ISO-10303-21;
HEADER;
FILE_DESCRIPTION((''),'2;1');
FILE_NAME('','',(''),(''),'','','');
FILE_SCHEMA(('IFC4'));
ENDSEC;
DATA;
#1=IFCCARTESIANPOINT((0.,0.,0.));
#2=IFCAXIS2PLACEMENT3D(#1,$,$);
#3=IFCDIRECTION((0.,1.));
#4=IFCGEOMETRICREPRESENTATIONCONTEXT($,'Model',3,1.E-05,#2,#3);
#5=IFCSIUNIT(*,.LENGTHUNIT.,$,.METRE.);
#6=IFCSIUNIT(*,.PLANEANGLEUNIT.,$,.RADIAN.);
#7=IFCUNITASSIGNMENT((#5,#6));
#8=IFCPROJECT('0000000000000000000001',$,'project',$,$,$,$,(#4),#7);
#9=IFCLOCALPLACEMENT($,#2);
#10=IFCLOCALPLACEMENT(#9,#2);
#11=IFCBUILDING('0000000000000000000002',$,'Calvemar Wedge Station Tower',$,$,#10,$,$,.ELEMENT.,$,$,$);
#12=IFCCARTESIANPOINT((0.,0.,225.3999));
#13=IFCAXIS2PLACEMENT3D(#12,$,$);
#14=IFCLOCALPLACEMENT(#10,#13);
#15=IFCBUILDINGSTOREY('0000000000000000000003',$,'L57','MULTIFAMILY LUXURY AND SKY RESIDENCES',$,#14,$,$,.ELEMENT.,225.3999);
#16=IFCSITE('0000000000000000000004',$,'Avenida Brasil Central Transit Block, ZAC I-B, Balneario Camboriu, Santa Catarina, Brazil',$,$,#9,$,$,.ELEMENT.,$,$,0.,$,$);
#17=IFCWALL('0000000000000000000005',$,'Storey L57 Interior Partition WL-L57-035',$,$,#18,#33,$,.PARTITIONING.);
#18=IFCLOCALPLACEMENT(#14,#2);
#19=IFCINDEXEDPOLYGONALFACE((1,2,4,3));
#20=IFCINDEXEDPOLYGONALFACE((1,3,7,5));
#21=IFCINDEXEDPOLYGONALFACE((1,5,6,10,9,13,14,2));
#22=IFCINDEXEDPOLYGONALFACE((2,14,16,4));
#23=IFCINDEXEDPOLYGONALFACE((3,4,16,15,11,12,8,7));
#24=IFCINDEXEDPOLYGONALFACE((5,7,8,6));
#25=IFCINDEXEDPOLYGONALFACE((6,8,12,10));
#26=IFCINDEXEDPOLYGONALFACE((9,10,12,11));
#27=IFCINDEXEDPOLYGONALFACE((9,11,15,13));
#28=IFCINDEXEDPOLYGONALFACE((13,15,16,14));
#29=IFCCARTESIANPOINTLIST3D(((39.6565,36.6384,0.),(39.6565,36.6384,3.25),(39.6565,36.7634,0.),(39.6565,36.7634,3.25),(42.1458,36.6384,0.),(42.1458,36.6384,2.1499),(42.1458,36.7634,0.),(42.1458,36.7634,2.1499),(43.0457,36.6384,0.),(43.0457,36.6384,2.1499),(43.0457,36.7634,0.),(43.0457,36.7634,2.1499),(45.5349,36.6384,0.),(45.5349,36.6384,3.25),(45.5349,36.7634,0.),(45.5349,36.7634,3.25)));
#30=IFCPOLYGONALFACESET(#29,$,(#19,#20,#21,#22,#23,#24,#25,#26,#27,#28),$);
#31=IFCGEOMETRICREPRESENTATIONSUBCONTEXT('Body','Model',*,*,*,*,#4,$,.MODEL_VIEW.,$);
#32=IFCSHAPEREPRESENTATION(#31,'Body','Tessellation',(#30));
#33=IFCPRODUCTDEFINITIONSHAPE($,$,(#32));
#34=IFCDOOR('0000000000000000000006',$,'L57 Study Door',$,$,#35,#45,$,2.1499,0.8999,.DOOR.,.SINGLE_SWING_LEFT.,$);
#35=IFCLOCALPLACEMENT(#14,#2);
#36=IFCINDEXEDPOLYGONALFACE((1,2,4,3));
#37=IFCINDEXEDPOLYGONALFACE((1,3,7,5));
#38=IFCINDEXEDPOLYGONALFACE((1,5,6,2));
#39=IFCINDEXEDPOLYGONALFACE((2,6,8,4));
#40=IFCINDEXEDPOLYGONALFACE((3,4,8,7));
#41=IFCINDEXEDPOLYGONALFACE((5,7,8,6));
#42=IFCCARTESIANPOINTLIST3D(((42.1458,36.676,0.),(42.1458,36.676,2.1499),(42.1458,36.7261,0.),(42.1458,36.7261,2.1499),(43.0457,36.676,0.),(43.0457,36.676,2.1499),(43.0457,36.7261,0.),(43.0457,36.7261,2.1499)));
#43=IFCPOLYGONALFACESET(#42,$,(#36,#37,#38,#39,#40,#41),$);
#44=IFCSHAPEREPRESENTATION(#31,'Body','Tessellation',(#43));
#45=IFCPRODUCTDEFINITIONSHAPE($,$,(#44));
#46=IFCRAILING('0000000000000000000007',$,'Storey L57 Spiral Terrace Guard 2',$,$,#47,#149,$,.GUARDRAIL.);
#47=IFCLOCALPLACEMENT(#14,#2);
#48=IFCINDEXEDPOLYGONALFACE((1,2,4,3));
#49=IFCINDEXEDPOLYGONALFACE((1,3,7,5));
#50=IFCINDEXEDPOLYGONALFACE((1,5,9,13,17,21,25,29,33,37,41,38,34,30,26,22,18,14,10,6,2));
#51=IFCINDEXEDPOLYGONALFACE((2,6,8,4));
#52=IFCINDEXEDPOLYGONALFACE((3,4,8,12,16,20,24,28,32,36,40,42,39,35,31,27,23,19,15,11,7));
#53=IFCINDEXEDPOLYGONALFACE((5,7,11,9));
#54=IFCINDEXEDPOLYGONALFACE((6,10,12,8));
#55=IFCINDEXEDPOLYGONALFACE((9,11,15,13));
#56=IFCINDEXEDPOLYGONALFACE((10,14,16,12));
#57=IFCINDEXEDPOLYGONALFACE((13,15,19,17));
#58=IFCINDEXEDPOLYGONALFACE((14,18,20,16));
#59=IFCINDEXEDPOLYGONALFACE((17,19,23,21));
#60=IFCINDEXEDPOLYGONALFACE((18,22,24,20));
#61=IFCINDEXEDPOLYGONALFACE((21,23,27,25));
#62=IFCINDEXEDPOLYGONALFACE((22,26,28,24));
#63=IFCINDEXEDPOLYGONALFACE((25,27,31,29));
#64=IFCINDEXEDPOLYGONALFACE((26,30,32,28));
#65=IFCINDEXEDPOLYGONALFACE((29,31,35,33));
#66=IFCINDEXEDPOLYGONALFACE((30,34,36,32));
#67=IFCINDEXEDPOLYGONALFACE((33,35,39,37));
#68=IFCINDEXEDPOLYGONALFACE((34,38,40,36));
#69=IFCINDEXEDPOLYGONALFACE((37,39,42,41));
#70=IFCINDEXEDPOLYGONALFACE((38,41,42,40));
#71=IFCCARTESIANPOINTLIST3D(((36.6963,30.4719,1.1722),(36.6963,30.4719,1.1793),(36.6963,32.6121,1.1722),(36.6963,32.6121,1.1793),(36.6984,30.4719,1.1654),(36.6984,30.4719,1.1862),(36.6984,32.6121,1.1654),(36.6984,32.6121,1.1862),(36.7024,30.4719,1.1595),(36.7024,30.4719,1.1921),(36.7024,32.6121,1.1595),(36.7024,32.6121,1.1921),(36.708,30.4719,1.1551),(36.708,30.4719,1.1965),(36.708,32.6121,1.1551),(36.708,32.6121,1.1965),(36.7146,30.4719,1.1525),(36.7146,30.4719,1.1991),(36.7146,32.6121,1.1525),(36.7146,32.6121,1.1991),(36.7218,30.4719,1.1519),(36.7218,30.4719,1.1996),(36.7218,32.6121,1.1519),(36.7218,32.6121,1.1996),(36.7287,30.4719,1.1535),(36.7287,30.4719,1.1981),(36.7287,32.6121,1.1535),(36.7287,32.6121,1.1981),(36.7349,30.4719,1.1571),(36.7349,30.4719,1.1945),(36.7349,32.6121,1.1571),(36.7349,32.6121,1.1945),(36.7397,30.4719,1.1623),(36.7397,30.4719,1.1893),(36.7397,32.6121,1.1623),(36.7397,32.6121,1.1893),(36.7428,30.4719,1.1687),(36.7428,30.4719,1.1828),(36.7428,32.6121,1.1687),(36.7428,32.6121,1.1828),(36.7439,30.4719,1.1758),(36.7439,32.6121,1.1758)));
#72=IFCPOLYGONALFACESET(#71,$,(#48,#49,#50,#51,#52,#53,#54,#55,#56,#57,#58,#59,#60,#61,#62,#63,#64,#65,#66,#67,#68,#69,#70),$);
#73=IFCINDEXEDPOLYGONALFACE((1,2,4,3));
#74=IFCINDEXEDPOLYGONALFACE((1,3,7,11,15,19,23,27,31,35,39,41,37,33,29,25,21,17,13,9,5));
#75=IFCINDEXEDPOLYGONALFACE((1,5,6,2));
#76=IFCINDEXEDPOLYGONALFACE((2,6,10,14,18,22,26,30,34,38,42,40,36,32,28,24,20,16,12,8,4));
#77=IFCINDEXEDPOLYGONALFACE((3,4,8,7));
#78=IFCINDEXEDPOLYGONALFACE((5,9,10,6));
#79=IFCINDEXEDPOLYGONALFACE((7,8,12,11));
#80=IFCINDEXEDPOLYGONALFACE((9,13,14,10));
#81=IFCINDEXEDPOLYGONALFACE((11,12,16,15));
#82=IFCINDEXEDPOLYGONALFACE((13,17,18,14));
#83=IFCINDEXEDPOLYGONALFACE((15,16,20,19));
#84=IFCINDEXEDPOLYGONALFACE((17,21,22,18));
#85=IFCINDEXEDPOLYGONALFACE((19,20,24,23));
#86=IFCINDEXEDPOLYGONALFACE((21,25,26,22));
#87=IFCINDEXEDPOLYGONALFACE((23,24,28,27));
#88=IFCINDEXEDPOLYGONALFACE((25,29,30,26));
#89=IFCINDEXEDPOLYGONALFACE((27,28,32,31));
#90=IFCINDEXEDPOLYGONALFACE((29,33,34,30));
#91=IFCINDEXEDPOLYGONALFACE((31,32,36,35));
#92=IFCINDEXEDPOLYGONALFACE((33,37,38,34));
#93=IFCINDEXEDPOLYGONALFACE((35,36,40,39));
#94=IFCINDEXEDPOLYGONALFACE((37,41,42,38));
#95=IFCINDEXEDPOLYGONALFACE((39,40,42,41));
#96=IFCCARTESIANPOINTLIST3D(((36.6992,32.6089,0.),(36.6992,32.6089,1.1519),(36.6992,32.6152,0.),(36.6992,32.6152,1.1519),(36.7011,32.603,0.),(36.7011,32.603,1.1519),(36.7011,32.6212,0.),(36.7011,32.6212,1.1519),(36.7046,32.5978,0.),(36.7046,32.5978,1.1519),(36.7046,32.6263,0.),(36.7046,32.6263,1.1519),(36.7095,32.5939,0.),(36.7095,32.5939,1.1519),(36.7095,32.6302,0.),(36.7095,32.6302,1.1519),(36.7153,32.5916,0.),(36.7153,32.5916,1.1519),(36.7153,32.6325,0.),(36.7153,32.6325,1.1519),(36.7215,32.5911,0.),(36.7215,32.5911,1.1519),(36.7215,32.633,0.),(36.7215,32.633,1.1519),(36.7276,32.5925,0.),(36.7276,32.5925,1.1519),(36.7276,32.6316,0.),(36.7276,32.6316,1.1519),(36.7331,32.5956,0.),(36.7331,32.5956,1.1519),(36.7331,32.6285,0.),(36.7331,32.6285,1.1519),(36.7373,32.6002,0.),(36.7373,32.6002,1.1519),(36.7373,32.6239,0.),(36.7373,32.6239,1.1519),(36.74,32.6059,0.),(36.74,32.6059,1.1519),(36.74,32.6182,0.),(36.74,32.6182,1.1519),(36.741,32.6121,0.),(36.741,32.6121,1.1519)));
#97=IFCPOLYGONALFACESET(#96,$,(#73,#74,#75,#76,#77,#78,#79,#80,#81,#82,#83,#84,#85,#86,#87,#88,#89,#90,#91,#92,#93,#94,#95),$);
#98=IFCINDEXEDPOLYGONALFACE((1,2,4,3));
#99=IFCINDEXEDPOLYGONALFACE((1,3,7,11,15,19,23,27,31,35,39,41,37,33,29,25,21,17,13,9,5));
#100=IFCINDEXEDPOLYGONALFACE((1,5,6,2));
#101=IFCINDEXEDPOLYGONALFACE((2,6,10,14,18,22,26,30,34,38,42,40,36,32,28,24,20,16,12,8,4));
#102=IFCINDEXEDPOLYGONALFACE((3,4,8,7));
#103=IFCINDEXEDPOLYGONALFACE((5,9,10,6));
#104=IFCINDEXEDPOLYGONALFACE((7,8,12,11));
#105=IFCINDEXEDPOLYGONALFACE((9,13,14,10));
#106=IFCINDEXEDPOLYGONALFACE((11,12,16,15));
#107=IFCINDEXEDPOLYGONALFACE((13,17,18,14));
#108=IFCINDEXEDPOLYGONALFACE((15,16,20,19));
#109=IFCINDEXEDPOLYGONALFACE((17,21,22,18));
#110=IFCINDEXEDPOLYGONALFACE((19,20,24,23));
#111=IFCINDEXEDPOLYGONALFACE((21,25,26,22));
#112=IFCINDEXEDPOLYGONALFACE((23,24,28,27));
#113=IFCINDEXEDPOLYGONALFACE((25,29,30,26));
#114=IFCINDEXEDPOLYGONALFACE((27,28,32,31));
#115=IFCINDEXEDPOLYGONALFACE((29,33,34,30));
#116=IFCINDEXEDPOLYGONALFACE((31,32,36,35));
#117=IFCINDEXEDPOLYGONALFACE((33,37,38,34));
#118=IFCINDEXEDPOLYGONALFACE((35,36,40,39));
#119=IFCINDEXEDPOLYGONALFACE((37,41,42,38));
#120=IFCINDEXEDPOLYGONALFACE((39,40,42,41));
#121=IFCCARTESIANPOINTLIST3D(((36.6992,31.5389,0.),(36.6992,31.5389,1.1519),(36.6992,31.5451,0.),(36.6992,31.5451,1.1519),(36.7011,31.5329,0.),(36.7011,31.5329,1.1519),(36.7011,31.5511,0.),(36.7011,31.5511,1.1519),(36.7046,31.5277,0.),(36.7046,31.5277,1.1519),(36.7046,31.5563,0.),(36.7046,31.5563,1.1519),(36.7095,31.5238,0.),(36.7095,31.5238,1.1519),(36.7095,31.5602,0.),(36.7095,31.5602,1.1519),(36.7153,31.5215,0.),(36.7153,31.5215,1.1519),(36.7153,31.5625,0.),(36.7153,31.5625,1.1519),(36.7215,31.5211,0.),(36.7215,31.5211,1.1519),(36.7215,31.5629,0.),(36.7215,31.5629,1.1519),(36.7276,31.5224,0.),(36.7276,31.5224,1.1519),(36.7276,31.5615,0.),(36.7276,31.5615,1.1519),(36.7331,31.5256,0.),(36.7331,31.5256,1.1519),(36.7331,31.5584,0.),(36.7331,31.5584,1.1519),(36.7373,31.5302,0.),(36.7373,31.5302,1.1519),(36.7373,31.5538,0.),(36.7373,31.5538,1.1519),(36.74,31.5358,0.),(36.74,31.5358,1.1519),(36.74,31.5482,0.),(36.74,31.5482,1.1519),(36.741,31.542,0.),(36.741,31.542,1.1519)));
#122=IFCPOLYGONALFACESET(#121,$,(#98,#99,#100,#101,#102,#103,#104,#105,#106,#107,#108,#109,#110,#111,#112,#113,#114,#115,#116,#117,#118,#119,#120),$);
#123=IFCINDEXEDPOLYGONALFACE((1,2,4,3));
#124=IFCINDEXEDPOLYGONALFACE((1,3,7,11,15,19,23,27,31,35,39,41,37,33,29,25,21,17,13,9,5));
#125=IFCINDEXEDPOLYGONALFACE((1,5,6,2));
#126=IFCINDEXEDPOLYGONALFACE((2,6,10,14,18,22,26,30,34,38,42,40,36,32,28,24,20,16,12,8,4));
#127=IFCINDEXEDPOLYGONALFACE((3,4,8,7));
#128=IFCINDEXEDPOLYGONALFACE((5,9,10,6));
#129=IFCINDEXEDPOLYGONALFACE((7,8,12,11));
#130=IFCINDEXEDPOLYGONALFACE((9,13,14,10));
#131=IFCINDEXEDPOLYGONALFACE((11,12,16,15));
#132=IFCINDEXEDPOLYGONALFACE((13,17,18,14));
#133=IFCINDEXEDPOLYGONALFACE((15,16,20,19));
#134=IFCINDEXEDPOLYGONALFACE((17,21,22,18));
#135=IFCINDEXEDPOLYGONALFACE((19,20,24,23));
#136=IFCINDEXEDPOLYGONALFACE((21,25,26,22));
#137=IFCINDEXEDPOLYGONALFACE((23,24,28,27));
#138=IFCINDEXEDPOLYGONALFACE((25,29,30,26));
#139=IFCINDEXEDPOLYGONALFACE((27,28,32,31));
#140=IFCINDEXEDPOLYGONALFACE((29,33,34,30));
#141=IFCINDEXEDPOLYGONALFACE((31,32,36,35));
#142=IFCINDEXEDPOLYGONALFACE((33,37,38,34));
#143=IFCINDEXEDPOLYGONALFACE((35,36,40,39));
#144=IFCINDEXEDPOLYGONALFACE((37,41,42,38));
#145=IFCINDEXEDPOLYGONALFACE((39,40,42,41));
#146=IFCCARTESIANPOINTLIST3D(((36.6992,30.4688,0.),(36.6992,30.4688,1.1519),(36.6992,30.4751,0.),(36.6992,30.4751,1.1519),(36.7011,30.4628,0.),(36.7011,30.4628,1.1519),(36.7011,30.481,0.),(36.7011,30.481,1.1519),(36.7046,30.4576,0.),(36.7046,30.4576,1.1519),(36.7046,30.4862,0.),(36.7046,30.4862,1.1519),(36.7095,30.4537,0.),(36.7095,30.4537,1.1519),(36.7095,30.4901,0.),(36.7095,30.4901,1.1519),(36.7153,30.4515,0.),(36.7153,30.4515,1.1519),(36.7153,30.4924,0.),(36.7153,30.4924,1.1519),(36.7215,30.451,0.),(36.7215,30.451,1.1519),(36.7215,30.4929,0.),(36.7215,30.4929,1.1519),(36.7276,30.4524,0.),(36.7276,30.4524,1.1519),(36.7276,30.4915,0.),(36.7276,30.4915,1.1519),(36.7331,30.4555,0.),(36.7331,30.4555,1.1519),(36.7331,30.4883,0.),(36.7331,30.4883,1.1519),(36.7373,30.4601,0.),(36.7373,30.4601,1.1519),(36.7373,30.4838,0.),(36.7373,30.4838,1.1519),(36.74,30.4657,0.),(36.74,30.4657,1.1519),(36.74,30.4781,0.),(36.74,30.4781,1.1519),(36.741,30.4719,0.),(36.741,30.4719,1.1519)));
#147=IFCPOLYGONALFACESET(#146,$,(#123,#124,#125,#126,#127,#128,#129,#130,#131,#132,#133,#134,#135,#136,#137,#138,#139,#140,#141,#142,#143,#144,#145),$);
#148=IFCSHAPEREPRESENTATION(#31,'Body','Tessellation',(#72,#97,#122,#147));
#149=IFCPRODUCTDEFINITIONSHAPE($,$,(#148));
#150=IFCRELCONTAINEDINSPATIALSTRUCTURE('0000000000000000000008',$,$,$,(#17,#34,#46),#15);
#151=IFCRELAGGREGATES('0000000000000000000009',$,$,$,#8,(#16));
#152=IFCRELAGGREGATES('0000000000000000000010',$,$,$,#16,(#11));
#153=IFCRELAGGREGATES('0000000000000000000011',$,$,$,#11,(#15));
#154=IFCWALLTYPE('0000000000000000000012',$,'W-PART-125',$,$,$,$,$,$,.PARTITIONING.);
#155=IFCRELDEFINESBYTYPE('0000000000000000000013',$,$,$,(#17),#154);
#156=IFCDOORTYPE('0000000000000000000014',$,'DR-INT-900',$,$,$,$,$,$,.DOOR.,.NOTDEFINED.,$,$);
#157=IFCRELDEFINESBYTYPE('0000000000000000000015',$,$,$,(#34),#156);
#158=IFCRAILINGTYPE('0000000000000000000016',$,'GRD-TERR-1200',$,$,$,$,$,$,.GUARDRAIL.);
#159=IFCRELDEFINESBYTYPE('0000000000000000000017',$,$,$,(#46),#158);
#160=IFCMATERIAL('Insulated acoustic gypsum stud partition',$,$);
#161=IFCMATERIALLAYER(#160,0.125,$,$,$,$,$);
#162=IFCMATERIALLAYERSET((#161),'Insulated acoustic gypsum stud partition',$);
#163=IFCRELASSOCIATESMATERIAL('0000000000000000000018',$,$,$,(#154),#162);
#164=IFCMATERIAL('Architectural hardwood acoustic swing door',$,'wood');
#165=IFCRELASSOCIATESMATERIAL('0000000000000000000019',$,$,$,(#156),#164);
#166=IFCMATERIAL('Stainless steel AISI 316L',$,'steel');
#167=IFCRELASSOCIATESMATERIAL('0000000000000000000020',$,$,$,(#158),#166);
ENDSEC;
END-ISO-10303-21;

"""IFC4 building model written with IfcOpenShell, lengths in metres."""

from ifc_helpers import new_model, si_unit, direction, frame, frame_2d, origin, origin_2d, place, context, subcontext, project, spatial, rectangle, circle, extrude, source, transform, mapped, material, layer, layer_set, type_object, element, fill, save


model = new_model("IFC4")

# Units and contexts
model_context = context("Model", 3, precision=1e-05, world=origin(), true_north=direction((0.0, 1.0)))
body_context = subcontext(model_context, "Body", "Model", "MODEL_VIEW")
ifc_project = project(units=[si_unit("LENGTHUNIT", "METRE"), si_unit("PLANEANGLEUNIT", "RADIAN")], contexts=[model_context])

# Site, building, storey
site_placement = place(None, origin())
site = spatial("IfcSite", under=ifc_project, at=site_placement, Name="Avenida Brasil Central Transit Block, ZAC I-B, Balneario Camboriu, Santa Catarina, Brazil", CompositionType="ELEMENT", RefElevation=0.0)
building_placement = place(site_placement, origin())
building = spatial("IfcBuilding", under=site, at=building_placement, Name="Calvemar Wedge Station Tower", CompositionType="ELEMENT")
storey_placement = place(building_placement, frame((0.0, 0.0, 225.3999)))
storey = spatial("IfcBuildingStorey", under=building, at=storey_placement, Name="L57", Description="MULTIFAMILY LUXURY AND SKY RESIDENCES", CompositionType="ELEMENT", Elevation=225.3999)

# Shared definitions
ifc_material_1 = material(Name="Insulated acoustic gypsum stud partition")
ifc_layer_1 = layer(ifc_material_1, 0.125)
ifc_layer_set_1 = layer_set([ifc_layer_1], Name="Insulated acoustic gypsum stud partition")
wall_type_1 = type_object("IfcWallType", Name="W-PART-125", PredefinedType="PARTITIONING", material=ifc_layer_set_1)

# Wall, opening, door
wall_1_placement = place(storey_placement, frame((45.5349, 36.7009, 0.0), z_axis=(0.0, 0.0, 1.0), x_axis=(-1.0, 0.0, 0.0)))
wall_1 = element("IfcWall", 1, at=wall_1_placement, inside=storey, type_object=wall_type_1, Name="Storey L57 Interior Partition WL-L57-035", PredefinedType="PARTITIONING", context=body_context, shape_type="SweptSolid", body=[
    extrude(rectangle(XDim=5.8784, YDim=0.125, at=frame_2d((2.9392, 0.0))), origin(), (0.0, 0.0, 1.0), 3.25),
])
shared_shape_1 = source(origin(), body_context, "Body", "SweptSolid", [
    extrude(rectangle(XDim=0.8999, YDim=2.1499, at=frame_2d((0.45, 1.075))), frame((0.0, 0.0725, 0.0), z_axis=(0.0, -1.0, 0.0), x_axis=(1.0, 0.0, 0.0)), (0.0, 0.0, 1.0), 0.145),
])
opening_1_placement = place(wall_1_placement, frame((2.4893, 0.0, 0.0)))
opening_1 = element("IfcOpeningElement", 2, at=opening_1_placement, cuts=wall_1, PredefinedType="OPENING", context=body_context, shape_type="MappedRepresentation", body=[
    mapped(shared_shape_1, transform((0.0, 0.0, 0.0), scale=1.0)),
])
ifc_material_2 = material(Name="Architectural hardwood acoustic swing door", Category="wood")
door_type_1 = type_object("IfcDoorType", Name="DR-INT-900", OperationType="NOTDEFINED", PredefinedType="DOOR", material=ifc_material_2)
shared_shape_2 = source(origin(), body_context, "Body", "SweptSolid", [
    extrude(rectangle(XDim=0.8999, YDim=2.1499, at=frame_2d((0.45, 1.075))), frame((0.0, 0.0249, 0.0), z_axis=(0.0, -1.0, 0.0), x_axis=(1.0, 0.0, 0.0)), (0.0, 0.0, 1.0), 0.05),
])
door_1_placement = place(opening_1_placement, origin())
door_1 = element("IfcDoor", 3, at=door_1_placement, inside=storey, type_object=door_type_1, Name="L57 Study Door", OperationType="SINGLE_SWING_LEFT", OverallHeight=2.1499, OverallWidth=0.8999, PredefinedType="DOOR", context=body_context, shape_type="MappedRepresentation", body=[
    mapped(shared_shape_2, transform((0.0, 0.0, 0.0), scale=1.0)),
])
fill(opening_1, door_1)

# Railing
ifc_material_3 = material(Name="Stainless steel AISI 316L", Category="steel")
railing_type = type_object("IfcRailingType", Name="GRD-TERR-1200", PredefinedType="GUARDRAIL", material=ifc_material_3)
railing_1_placement = place(storey_placement, frame((36.72, 32.6121, 0.0)))
element("IfcRailing", 4, at=railing_1_placement, inside=storey, type_object=railing_type, Name="Storey L57 Spiral Terrace Guard 2", PredefinedType="GUARDRAIL", context=body_context, shape_type="SweptSolid", body=[
    extrude(circle(Radius=0.0239, at=origin_2d()), frame((0.0, 0.0, 1.1758), z_axis=(0.0, -1.0, 0.0), x_axis=(1.0, 0.0, 0.0)), (0.0, 0.0, 1.0), 2.1401),
    extrude(circle(Radius=0.021, at=origin_2d()), origin(), (0.0, 0.0, 1.0), 1.1519),
    extrude(circle(Radius=0.021, at=origin_2d()), frame((0.0, -1.0701, 0.0)), (0.0, 0.0, 1.0), 1.1519),
    extrude(circle(Radius=0.021, at=origin_2d()), frame((0.0, -2.1401, 0.0)), (0.0, 0.0, 1.0), 1.1519),
])

save(model, "model.ifc")
